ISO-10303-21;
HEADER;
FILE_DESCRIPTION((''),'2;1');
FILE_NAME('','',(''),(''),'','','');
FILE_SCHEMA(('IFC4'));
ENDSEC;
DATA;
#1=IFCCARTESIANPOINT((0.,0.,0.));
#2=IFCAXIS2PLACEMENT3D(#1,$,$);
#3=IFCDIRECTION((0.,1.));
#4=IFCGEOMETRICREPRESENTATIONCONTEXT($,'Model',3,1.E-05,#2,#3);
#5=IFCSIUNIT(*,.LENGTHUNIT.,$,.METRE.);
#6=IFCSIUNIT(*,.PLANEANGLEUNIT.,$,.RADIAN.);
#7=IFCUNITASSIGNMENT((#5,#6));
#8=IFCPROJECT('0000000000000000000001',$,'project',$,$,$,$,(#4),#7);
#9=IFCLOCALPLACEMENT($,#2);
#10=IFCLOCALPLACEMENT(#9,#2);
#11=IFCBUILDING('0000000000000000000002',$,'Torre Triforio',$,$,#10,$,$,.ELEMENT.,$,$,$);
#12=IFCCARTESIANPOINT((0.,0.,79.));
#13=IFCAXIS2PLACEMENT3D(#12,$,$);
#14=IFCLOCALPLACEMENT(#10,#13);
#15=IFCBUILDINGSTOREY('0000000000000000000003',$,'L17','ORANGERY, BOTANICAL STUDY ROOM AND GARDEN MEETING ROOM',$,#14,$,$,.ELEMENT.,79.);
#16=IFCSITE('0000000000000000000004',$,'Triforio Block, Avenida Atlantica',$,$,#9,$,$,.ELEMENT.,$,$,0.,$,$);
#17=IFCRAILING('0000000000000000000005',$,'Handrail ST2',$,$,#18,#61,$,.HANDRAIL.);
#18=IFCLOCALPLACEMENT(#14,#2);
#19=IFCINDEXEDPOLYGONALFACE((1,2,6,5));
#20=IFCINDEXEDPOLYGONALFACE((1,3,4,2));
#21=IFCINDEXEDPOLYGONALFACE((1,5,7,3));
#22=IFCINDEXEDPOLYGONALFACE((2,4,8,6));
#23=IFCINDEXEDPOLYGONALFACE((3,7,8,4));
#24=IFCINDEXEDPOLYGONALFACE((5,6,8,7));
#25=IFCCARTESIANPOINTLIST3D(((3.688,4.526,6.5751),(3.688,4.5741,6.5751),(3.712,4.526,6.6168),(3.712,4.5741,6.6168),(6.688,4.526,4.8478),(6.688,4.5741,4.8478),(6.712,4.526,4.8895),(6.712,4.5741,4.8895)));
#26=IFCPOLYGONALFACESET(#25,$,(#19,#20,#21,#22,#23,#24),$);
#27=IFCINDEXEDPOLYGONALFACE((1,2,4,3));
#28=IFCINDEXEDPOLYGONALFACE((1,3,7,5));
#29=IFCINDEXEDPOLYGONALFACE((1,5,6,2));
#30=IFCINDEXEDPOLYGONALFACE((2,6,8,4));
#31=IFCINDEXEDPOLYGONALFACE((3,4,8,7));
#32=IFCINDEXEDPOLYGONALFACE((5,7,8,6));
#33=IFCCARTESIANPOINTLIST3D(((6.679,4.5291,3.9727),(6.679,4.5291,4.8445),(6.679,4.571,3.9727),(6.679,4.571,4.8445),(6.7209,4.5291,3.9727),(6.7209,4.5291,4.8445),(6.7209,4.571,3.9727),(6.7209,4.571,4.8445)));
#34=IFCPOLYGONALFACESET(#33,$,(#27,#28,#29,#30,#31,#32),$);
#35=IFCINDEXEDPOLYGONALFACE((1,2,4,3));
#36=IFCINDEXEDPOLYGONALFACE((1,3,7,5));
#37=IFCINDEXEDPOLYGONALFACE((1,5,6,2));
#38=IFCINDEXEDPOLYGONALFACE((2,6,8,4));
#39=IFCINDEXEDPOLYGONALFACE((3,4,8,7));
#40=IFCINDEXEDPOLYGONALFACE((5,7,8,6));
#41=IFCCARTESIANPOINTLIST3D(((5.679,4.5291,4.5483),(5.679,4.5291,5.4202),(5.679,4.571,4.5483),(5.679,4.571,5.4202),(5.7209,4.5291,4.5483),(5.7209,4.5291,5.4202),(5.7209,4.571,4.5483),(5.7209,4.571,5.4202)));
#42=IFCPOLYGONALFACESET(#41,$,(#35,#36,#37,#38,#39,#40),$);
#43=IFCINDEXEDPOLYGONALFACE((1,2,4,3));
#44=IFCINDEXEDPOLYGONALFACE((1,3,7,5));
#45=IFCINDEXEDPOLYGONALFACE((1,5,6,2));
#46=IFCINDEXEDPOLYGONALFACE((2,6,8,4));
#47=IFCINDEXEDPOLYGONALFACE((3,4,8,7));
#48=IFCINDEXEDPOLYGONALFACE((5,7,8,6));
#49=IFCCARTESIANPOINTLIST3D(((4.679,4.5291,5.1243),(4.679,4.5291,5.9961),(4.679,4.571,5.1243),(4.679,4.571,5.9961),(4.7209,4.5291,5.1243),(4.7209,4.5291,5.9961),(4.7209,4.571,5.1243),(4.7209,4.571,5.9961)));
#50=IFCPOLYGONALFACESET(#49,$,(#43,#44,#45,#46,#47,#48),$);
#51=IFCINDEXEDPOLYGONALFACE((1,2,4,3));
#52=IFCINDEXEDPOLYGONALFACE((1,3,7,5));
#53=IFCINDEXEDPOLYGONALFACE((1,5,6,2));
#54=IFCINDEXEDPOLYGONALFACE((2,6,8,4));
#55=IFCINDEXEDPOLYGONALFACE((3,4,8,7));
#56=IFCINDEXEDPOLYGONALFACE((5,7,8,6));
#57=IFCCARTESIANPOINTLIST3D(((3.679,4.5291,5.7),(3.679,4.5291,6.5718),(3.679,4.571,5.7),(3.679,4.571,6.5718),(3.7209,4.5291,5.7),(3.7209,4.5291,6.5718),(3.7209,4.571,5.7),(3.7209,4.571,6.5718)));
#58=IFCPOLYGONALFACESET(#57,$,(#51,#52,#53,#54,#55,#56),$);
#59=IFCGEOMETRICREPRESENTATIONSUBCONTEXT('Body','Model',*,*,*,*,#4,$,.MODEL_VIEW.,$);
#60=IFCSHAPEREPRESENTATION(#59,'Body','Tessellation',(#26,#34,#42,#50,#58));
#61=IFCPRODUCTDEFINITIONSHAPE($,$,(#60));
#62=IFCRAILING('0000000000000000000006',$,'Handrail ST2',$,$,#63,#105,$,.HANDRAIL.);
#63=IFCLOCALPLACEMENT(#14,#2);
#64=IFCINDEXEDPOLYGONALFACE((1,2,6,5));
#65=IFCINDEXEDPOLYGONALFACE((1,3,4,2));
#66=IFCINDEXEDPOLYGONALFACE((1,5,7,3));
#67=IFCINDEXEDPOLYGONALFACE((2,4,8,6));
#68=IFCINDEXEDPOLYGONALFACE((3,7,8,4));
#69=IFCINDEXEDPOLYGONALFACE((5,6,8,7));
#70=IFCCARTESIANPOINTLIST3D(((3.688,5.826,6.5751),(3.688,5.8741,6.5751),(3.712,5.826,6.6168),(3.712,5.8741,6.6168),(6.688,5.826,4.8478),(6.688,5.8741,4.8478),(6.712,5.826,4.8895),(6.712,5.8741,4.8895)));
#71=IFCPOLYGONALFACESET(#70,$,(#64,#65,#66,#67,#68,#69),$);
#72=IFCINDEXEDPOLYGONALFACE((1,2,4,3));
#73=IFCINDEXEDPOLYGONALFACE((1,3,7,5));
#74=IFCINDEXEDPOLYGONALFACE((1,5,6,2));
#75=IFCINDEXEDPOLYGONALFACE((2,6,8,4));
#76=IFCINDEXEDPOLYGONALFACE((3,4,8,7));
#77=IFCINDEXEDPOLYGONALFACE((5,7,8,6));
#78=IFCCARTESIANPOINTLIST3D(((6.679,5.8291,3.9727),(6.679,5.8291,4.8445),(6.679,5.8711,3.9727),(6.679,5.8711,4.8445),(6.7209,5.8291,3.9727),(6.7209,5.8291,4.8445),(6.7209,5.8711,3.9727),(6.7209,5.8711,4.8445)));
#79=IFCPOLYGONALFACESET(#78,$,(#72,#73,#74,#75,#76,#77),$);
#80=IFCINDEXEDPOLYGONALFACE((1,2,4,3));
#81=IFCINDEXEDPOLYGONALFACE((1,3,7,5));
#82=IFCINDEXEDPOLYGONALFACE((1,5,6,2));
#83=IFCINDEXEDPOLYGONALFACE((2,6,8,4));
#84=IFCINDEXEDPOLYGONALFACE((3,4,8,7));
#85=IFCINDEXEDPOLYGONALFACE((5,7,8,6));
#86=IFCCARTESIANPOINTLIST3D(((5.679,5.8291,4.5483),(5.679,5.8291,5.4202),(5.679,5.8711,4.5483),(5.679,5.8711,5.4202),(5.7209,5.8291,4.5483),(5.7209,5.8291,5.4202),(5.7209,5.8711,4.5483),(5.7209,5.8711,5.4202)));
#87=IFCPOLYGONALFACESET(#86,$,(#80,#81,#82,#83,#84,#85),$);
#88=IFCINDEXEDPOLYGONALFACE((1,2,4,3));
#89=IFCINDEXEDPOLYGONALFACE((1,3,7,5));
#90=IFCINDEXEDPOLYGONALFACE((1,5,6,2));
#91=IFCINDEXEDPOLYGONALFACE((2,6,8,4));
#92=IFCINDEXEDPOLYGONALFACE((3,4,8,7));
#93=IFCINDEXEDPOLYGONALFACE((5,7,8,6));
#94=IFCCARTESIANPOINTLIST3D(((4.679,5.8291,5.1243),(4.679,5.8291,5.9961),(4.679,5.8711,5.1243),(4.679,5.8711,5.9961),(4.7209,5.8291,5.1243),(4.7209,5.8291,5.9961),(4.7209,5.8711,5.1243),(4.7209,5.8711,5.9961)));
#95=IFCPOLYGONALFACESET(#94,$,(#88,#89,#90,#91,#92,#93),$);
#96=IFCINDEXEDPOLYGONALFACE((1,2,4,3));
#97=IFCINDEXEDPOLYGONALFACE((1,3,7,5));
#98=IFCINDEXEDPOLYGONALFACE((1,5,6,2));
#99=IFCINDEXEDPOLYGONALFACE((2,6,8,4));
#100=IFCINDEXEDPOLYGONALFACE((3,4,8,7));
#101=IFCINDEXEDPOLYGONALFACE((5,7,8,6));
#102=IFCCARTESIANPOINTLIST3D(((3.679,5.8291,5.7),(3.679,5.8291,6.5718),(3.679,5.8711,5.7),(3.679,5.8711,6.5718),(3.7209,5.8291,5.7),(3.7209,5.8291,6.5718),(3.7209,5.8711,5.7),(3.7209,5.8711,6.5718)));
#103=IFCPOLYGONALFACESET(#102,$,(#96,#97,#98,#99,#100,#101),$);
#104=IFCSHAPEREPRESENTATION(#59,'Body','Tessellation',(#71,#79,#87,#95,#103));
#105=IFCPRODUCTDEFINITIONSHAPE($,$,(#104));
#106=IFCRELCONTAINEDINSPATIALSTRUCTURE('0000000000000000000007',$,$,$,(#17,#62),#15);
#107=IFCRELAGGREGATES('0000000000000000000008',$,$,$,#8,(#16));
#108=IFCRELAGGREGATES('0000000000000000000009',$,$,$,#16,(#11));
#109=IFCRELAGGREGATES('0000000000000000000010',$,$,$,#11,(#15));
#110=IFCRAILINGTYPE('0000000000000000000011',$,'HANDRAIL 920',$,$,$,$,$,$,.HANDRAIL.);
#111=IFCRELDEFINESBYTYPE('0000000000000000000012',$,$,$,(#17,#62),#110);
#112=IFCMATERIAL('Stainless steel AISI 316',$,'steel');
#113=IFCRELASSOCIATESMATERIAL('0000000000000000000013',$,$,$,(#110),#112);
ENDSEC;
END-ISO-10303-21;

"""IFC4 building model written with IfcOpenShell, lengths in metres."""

from ifc_helpers import new_model, si_unit, direction, frame, origin, origin_2d, place, context, subcontext, project, spatial, rectangle, extrude, material, type_object, element, save


model = new_model("IFC4")

# Units and contexts
model_context = context("Model", 3, precision=1e-05, world=origin(), true_north=direction((0.0, 1.0)))
body_context = subcontext(model_context, "Body", "Model", "MODEL_VIEW")
ifc_project = project(units=[si_unit("LENGTHUNIT", "METRE"), si_unit("PLANEANGLEUNIT", "RADIAN")], contexts=[model_context])

# Site, building, storey
site_placement = place(None, origin())
site = spatial("IfcSite", under=ifc_project, at=site_placement, Name="Triforio Block, Avenida Atlantica", CompositionType="ELEMENT", RefElevation=0.0)
building_placement = place(site_placement, origin())
building = spatial("IfcBuilding", under=site, at=building_placement, Name="Torre Triforio", CompositionType="ELEMENT")
storey_placement = place(building_placement, frame((0.0, 0.0, 79.0)))
storey = spatial("IfcBuildingStorey", under=building, at=storey_placement, Name="L17", Description="ORANGERY, BOTANICAL STUDY ROOM AND GARDEN MEETING ROOM", CompositionType="ELEMENT", Elevation=79.0)

# Railings
ifc_material_1 = material(Name="Stainless steel AISI 316", Category="steel")
railing_type = type_object("IfcRailingType", Name="HANDRAIL 920", PredefinedType="HANDRAIL", material=ifc_material_1)
for number, where, name in (
    (1, (6.7, 4.55, 3.9727), "Handrail ST2"),
    (2, (6.7, 5.8501, 3.9727), "Handrail ST2"),
):
    element("IfcRailing", number, at=place(storey_placement, frame(where)), inside=storey, type_object=railing_type, Name=name, PredefinedType="HANDRAIL", context=body_context, shape_type="SweptSolid", body=[
        extrude(rectangle(XDim=0.0481, YDim=0.0481, at=origin_2d()), frame((0.0, 0.0, 0.896), z_axis=(-0.86662, 0.0, 0.498969), x_axis=(0.0, -1.0, 0.0)), (0.0, 0.0, 1.0), 3.4617),
        extrude(rectangle(XDim=0.042, YDim=0.042, at=origin_2d()), origin(), (0.0, 0.0, 1.0), 0.8718),
        extrude(rectangle(XDim=0.042, YDim=0.042, at=origin_2d()), frame((-1.0, 0.0, 0.5757)), (0.0, 0.0, 1.0), 0.8718),
        extrude(rectangle(XDim=0.042, YDim=0.042, at=origin_2d()), frame((-2.0, 0.0, 1.1516)), (0.0, 0.0, 1.0), 0.8718),
        extrude(rectangle(XDim=0.042, YDim=0.042, at=origin_2d()), frame((-3.0, 0.0, 1.7273)), (0.0, 0.0, 1.0), 0.8718),
    ])

save(model, "model.ifc")
